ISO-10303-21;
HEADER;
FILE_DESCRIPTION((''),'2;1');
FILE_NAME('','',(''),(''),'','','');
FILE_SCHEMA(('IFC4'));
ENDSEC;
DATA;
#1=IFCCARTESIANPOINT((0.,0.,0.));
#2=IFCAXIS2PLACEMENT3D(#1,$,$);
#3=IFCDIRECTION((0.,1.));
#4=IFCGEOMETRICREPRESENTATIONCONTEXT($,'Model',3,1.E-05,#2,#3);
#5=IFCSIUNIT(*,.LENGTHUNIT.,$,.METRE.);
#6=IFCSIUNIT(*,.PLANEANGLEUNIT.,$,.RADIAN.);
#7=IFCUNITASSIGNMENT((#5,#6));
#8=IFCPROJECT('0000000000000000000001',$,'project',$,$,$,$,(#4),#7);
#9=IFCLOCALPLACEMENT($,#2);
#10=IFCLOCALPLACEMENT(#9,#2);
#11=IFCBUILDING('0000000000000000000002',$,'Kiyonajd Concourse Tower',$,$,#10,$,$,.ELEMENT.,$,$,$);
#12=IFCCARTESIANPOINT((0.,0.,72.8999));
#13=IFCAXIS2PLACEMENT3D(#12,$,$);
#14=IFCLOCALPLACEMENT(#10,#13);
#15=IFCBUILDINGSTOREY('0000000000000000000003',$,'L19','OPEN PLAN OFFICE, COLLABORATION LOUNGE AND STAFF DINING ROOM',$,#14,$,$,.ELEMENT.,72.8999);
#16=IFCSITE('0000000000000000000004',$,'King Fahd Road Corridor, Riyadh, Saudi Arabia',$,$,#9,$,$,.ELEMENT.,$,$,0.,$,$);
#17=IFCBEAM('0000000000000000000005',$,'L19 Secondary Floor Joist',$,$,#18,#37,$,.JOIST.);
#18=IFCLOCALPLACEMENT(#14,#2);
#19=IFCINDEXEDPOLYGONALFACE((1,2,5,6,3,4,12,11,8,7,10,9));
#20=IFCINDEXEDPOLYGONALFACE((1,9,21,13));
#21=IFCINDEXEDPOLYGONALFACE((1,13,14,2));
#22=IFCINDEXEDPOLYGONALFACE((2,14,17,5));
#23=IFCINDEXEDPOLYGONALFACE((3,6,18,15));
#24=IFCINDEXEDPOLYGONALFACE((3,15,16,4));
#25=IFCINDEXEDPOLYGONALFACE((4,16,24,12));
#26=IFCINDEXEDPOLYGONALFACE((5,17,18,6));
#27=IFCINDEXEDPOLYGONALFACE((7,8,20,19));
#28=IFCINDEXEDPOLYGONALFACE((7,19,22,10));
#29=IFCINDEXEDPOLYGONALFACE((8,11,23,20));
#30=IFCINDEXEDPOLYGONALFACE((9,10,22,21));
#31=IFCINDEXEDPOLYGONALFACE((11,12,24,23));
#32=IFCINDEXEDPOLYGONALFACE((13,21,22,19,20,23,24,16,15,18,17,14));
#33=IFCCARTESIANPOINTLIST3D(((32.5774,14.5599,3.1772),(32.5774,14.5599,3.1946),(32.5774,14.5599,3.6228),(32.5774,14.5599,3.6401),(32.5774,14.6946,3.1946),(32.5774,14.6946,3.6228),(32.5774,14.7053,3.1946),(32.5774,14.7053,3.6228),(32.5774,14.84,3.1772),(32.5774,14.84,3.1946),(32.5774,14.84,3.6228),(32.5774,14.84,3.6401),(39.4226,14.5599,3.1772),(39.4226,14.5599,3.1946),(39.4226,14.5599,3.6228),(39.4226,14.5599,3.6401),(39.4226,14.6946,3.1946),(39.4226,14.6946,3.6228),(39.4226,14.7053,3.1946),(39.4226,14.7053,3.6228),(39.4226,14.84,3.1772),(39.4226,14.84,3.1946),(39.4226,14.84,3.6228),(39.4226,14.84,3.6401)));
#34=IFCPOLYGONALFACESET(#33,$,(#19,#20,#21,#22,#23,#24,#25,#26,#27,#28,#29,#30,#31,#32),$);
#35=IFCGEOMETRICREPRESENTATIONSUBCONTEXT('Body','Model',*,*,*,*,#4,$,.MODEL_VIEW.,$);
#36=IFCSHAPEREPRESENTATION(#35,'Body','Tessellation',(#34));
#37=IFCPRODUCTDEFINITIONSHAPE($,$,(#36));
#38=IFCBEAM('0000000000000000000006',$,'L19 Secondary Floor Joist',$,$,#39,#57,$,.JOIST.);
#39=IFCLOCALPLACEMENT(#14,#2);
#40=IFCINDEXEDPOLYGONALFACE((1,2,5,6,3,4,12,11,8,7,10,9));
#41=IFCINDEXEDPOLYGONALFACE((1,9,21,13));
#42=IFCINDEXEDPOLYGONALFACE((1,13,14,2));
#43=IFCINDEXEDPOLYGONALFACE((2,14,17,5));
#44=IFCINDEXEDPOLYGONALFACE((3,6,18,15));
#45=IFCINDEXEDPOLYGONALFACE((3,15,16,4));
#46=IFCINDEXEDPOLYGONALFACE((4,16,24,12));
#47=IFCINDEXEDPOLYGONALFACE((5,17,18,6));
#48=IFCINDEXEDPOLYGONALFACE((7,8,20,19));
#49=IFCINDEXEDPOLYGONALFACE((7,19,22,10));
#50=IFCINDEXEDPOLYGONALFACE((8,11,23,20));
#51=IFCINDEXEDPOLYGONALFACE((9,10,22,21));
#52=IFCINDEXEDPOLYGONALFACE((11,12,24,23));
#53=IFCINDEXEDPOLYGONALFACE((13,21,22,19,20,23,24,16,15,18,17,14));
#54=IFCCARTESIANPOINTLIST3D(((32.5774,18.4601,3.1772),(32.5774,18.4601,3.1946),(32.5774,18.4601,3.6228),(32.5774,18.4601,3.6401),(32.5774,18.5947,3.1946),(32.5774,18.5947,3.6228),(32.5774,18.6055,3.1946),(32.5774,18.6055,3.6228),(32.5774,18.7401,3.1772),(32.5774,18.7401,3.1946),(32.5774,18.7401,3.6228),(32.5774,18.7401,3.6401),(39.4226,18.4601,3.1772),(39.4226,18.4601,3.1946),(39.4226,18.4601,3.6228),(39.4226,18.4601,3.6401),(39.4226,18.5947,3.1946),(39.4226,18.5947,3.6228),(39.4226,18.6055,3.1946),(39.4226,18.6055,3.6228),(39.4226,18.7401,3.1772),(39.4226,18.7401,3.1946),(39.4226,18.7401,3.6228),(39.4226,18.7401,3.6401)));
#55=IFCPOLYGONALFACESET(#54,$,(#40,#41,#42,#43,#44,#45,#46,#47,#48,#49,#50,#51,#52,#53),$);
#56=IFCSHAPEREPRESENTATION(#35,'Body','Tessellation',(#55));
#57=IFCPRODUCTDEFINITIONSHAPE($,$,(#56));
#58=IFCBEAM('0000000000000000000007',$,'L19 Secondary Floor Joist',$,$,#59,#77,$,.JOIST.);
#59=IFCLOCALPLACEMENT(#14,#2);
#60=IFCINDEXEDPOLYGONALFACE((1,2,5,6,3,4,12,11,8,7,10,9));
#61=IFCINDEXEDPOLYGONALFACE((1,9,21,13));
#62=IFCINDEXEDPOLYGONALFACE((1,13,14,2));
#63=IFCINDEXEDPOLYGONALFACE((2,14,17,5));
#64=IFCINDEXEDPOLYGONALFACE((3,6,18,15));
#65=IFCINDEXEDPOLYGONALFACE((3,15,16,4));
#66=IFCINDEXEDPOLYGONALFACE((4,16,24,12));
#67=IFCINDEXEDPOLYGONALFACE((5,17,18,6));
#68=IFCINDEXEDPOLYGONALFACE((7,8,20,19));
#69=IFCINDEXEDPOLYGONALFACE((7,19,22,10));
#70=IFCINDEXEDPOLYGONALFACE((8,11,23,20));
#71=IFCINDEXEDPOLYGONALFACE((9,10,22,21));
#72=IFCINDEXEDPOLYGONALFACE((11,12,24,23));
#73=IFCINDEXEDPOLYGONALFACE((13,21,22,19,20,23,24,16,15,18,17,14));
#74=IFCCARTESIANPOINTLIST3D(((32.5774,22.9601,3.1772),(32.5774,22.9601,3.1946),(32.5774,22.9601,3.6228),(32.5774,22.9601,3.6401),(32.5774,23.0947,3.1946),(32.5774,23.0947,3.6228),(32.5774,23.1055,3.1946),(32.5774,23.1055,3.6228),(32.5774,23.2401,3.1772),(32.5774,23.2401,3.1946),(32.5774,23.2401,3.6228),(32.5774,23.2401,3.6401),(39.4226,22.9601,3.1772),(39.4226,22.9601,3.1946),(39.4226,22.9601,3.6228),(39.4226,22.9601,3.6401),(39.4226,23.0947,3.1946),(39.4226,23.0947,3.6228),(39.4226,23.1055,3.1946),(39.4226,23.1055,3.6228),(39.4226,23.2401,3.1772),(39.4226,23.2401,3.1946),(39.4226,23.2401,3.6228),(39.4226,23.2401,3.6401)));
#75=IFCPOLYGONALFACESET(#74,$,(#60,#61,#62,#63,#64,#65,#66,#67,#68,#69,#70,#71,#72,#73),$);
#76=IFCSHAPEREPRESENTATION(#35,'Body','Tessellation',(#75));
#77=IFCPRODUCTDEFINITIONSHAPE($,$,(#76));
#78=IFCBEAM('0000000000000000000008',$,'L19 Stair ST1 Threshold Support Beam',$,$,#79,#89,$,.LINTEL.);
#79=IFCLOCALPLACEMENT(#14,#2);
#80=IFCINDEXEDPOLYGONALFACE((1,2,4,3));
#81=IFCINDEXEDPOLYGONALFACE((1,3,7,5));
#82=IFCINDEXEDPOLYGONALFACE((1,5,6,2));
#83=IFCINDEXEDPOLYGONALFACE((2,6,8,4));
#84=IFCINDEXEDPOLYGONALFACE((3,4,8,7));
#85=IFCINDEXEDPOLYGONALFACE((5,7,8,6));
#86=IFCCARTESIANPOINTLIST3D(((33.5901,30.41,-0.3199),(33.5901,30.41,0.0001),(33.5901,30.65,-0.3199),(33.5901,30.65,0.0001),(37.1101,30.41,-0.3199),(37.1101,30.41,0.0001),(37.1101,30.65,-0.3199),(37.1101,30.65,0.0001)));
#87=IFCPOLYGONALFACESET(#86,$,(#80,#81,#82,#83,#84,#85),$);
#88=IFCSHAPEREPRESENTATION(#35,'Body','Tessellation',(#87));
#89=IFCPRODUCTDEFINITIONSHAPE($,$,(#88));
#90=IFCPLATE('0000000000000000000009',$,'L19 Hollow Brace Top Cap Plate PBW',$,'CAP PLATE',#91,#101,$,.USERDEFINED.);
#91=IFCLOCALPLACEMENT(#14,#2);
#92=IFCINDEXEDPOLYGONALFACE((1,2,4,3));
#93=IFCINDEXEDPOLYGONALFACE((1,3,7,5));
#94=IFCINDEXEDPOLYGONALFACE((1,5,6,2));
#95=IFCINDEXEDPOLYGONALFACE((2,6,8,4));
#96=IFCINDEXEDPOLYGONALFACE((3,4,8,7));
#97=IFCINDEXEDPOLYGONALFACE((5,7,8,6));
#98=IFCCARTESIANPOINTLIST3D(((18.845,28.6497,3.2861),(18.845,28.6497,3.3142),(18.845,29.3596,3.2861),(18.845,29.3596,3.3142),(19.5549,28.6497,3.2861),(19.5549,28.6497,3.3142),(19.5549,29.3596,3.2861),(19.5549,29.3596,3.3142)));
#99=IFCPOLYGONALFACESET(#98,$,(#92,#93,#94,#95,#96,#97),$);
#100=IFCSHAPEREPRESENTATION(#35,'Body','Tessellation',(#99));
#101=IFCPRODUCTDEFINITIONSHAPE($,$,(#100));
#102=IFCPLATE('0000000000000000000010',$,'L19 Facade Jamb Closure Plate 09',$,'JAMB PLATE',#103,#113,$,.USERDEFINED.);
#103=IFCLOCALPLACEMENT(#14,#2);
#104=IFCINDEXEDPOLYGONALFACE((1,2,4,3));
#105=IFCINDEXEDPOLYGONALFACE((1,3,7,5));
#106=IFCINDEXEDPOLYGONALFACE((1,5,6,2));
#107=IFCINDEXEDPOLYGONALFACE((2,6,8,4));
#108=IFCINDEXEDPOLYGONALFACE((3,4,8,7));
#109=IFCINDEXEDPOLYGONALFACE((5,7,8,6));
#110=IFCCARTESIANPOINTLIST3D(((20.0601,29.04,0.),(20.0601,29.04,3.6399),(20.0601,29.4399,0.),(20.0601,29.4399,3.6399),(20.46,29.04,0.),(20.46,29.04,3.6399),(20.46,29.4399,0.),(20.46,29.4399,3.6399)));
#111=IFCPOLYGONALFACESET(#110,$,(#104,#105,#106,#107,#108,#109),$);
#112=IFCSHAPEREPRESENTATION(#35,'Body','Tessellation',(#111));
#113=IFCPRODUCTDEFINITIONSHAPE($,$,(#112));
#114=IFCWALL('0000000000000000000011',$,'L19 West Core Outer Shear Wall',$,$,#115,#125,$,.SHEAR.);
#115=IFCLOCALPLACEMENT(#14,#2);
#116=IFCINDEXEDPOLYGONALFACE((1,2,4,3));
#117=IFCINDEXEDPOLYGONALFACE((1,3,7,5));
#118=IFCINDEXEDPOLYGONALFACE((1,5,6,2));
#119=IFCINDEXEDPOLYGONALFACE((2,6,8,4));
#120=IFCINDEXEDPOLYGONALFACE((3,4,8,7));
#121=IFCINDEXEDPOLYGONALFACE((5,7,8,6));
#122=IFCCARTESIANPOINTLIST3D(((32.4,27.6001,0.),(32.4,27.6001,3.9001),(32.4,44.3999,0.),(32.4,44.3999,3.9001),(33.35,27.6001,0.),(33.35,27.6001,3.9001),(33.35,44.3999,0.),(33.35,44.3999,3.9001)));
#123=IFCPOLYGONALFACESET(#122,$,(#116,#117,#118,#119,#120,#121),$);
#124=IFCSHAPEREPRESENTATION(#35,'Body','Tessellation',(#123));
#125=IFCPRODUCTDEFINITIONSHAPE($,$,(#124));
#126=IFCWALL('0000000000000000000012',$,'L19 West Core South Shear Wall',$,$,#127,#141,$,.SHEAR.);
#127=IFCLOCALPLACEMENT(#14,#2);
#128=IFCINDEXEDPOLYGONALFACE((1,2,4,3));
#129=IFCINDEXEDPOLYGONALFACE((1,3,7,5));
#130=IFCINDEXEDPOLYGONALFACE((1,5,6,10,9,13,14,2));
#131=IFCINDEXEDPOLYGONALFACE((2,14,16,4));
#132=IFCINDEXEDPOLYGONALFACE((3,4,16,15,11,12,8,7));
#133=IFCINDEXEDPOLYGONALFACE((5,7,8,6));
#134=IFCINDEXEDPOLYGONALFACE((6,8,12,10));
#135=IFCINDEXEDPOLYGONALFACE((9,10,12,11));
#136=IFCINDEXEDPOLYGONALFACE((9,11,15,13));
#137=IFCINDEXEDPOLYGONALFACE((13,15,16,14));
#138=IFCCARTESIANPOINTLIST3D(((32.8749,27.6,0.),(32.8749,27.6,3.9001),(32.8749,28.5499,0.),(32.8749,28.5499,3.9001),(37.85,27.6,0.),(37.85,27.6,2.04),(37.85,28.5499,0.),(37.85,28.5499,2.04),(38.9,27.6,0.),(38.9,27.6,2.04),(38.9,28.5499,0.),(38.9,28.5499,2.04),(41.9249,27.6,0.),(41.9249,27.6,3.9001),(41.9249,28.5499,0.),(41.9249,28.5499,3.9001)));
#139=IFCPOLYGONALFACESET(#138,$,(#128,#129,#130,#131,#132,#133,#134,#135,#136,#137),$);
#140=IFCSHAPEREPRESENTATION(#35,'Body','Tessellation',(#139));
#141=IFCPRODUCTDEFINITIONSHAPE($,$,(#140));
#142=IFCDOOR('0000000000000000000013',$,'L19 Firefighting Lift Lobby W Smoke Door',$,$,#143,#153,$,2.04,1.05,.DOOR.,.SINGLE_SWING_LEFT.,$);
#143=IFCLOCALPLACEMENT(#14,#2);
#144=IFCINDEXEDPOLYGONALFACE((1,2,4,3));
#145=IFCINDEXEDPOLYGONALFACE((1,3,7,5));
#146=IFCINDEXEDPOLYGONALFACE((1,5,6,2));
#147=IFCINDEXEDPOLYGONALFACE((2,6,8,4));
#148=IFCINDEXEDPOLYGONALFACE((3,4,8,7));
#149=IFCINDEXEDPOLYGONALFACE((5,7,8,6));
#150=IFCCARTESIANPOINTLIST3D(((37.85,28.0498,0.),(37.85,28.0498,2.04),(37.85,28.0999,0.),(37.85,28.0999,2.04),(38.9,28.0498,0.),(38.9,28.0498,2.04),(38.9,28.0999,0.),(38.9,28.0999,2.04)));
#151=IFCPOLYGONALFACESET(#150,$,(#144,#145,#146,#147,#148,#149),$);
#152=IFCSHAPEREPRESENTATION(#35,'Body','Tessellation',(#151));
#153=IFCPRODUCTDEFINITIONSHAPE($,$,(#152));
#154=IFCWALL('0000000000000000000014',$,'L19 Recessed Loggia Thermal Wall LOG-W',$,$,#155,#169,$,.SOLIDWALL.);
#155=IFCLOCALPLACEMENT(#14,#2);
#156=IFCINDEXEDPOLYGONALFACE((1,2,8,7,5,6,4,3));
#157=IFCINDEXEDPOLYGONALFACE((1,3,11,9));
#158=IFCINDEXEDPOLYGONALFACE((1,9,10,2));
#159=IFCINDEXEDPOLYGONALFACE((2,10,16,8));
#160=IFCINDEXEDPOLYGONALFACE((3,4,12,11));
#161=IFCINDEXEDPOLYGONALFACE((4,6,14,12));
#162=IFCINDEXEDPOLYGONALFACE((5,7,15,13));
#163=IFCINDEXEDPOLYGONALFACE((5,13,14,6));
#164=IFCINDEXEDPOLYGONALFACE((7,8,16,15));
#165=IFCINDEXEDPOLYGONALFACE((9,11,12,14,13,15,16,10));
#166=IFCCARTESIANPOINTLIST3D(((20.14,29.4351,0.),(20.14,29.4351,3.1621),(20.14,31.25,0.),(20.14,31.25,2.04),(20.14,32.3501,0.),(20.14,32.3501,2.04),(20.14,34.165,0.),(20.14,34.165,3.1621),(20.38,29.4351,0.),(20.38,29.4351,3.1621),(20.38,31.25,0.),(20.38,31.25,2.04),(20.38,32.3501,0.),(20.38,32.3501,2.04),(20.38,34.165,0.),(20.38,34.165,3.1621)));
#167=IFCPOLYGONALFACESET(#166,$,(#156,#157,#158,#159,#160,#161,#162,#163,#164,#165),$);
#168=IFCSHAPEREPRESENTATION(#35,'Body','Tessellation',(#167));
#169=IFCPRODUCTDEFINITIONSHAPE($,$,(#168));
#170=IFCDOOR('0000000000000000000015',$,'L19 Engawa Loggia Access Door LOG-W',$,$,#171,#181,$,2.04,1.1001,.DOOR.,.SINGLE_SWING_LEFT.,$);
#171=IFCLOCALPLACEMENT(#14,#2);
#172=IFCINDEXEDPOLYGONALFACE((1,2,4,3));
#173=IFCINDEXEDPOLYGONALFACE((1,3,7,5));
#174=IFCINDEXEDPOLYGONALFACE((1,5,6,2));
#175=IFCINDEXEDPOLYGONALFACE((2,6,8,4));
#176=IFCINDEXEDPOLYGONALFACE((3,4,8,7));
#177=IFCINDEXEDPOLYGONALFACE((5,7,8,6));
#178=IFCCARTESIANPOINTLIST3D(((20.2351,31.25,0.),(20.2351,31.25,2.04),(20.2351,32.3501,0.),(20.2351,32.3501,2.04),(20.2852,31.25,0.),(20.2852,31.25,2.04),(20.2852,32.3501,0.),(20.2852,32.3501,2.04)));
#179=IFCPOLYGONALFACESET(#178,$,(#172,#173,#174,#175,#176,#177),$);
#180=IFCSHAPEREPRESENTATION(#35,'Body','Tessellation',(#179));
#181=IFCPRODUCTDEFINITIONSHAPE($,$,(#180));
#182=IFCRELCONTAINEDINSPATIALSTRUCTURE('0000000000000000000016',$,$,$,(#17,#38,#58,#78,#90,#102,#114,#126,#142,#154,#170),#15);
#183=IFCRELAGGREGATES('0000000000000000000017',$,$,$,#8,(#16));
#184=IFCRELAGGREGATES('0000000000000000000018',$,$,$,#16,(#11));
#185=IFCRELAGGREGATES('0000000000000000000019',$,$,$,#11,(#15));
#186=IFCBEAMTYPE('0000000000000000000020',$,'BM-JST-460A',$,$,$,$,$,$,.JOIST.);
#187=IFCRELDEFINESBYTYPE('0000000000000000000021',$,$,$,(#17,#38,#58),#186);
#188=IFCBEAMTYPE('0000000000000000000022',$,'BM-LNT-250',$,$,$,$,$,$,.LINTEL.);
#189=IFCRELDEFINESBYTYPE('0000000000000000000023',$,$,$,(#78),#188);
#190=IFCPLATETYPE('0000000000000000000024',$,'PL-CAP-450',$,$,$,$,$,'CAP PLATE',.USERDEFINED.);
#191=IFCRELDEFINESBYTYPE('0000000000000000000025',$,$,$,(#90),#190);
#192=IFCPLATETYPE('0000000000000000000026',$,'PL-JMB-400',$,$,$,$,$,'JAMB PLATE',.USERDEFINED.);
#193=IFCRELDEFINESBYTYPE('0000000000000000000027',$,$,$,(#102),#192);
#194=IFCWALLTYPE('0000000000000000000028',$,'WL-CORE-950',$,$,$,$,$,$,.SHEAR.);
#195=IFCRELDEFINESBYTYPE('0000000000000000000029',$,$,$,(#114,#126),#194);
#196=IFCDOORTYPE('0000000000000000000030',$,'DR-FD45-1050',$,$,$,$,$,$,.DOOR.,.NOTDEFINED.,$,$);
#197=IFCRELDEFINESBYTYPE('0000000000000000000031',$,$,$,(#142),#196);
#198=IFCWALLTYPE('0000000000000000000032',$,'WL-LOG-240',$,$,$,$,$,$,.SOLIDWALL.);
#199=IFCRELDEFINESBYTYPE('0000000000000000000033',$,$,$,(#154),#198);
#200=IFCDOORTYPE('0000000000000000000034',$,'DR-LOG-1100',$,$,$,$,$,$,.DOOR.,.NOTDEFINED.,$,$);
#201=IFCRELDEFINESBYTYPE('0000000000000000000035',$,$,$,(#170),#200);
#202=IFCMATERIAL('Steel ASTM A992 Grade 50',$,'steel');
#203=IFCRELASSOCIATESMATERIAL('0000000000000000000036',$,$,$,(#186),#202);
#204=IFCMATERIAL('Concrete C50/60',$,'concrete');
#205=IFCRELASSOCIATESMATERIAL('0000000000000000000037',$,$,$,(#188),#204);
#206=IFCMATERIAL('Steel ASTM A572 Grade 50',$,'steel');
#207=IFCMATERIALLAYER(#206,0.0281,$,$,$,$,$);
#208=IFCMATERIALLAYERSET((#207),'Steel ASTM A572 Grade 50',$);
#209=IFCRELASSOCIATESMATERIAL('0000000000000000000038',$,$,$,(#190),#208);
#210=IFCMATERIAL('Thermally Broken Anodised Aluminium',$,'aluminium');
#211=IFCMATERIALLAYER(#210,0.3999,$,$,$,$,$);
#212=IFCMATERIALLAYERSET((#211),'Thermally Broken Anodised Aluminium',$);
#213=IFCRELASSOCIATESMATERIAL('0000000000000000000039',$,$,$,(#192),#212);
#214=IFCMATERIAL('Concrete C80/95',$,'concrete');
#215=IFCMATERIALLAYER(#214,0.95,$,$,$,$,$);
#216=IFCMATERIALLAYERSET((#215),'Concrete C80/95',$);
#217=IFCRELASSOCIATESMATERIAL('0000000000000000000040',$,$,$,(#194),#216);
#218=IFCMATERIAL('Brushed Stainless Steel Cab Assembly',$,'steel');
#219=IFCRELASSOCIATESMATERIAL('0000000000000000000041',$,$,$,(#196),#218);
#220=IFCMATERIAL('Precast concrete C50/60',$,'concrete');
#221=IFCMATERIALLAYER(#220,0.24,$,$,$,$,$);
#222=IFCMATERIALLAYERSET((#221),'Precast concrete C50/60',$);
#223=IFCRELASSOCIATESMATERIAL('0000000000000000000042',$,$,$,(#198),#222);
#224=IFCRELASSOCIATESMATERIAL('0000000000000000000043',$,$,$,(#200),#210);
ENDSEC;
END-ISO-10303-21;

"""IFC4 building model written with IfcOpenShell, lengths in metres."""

from ifc_helpers import new_model, si_unit, direction, frame, frame_2d, origin, origin_2d, place, context, subcontext, project, spatial, rectangle, i_section, extrude, material, layer, layer_set, material_profile, profile_set, type_object, element, fill, save


model = new_model("IFC4")

# Units and contexts
model_context = context("Model", 3, precision=1e-05, world=origin(), true_north=direction((0.0, 1.0)))
body_context = subcontext(model_context, "Body", "Model", "MODEL_VIEW")
ifc_project = project(units=[si_unit("LENGTHUNIT", "METRE"), si_unit("PLANEANGLEUNIT", "RADIAN")], contexts=[model_context])

# Site, building, storey
site_placement = place(None, origin())
site = spatial("IfcSite", under=ifc_project, at=site_placement, Name="King Fahd Road Corridor, Riyadh, Saudi Arabia", CompositionType="ELEMENT", RefElevation=0.0)
building_placement = place(site_placement, origin())
building = spatial("IfcBuilding", under=site, at=building_placement, Name="Kiyonajd Concourse Tower", CompositionType="ELEMENT")
storey_placement = place(building_placement, frame((0.0, 0.0, 72.8999)))
storey = spatial("IfcBuildingStorey", under=building, at=storey_placement, Name="L19", Description="OPEN PLAN OFFICE, COLLABORATION LOUNGE AND STAFF DINING ROOM", CompositionType="ELEMENT", Elevation=72.8999)

# Beams
ifc_material_1 = material(Name="Steel ASTM A992 Grade 50", Category="steel")
ifc_material_profile_1 = material_profile(ifc_material_1, i_section(OverallWidth=0.28, OverallDepth=0.4629, WebThickness=0.0107, FlangeThickness=0.0173, at=origin_2d()), Name="W460X113")
ifc_profile_set_1 = profile_set([ifc_material_profile_1], Name="Steel ASTM A992 Grade 50")
beam_type_1 = type_object("IfcBeamType", Name="BM-JST-460A", PredefinedType="JOIST", material=ifc_profile_set_1)
for number, where, z_axis, x_axis, name in (
    (1, (32.5774, 14.7, 3.4087), (1.0, 0.0, 0.0), (0.0, 1.0, 0.0), "L19 Secondary Floor Joist"),
    (2, (32.5774, 18.6001, 3.4087), (1.0, 0.0, 0.0), (0.0, 1.0, 0.0), "L19 Secondary Floor Joist"),
    (3, (32.5774, 23.1001, 3.4087), (1.0, 0.0, 0.0), (0.0, 1.0, 0.0), "L19 Secondary Floor Joist"),
):
    element("IfcBeam", number, at=place(storey_placement, frame(where, z_axis=z_axis, x_axis=x_axis)), inside=storey, type_object=beam_type_1, Name=name, PredefinedType="JOIST", context=body_context, shape_type="SweptSolid", body=[
        extrude(i_section(OverallWidth=0.28, OverallDepth=0.4629, WebThickness=0.0107, FlangeThickness=0.0173, at=origin_2d()), origin(), (0.0, 0.0, 1.0), 6.8452),
    ])
ifc_material_2 = material(Name="Concrete C50/60", Category="concrete")
ifc_material_profile_2 = material_profile(ifc_material_2, rectangle(XDim=0.24, YDim=0.3201, at=origin_2d()), Name="RCBM-240x320")
ifc_profile_set_2 = profile_set([ifc_material_profile_2], Name="Concrete C50/60")
beam_type_2 = type_object("IfcBeamType", Name="BM-LNT-250", PredefinedType="LINTEL", material=ifc_profile_set_2)
beam_placement = place(storey_placement, frame((33.5901, 30.53, -0.1599), z_axis=(1.0, 0.0, 0.0), x_axis=(0.0, 1.0, 0.0)))
element("IfcBeam", 4, at=beam_placement, inside=storey, type_object=beam_type_2, Name="L19 Stair ST1 Threshold Support Beam", PredefinedType="LINTEL", context=body_context, shape_type="SweptSolid", body=[
    extrude(rectangle(XDim=0.24, YDim=0.3201, at=origin_2d()), origin(), (0.0, 0.0, 1.0), 3.52),
])

# Plates
ifc_material_3 = material(Name="Steel ASTM A572 Grade 50", Category="steel")
ifc_layer_1 = layer(ifc_material_3, 0.0281)
ifc_layer_set_1 = layer_set([ifc_layer_1], Name="Steel ASTM A572 Grade 50")
plate_type_1 = type_object("IfcPlateType", Name="PL-CAP-450", ElementType="CAP PLATE", PredefinedType="USERDEFINED", material=ifc_layer_set_1)
plate_1_placement = place(storey_placement, frame((19.2, 29.0046, 3.2861), z_axis=(0.0, 0.0, 1.0), x_axis=(1.0, 0.0, 0.0)))
element("IfcPlate", 5, at=plate_1_placement, inside=storey, type_object=plate_type_1, Name="L19 Hollow Brace Top Cap Plate PBW", ObjectType="CAP PLATE", PredefinedType="USERDEFINED", context=body_context, shape_type="SweptSolid", body=[
    extrude(rectangle(XDim=0.71, YDim=0.71, at=origin_2d()), origin(), (0.0, 0.0, 1.0), 0.0281),
])
ifc_material_4 = material(Name="Thermally Broken Anodised Aluminium", Category="aluminium")
ifc_layer_2 = layer(ifc_material_4, 0.3999)
ifc_layer_set_2 = layer_set([ifc_layer_2], Name="Thermally Broken Anodised Aluminium")
plate_type_2 = type_object("IfcPlateType", Name="PL-JMB-400", ElementType="JAMB PLATE", PredefinedType="USERDEFINED", material=ifc_layer_set_2)
plate_2_placement = place(storey_placement, frame((20.26, 29.24, 0.0), z_axis=(0.0, 0.0, 1.0), x_axis=(1.0, 0.0, 0.0)))
element("IfcPlate", 6, at=plate_2_placement, inside=storey, type_object=plate_type_2, Name="L19 Facade Jamb Closure Plate 09", ObjectType="JAMB PLATE", PredefinedType="USERDEFINED", context=body_context, shape_type="SweptSolid", body=[
    extrude(rectangle(XDim=0.3999, YDim=0.3999, at=origin_2d()), origin(), (0.0, 0.0, 1.0), 3.6399),
])

# Wall
ifc_material_5 = material(Name="Concrete C80/95", Category="concrete")
ifc_layer_3 = layer(ifc_material_5, 0.95)
ifc_layer_set_3 = layer_set([ifc_layer_3], Name="Concrete C80/95")
wall_type_1 = type_object("IfcWallType", Name="WL-CORE-950", PredefinedType="SHEAR", material=ifc_layer_set_3)
wall_1_placement = place(storey_placement, frame((32.875, 27.6001, 0.0), z_axis=(0.0, 0.0, 1.0), x_axis=(0.0, 1.0, 0.0)))
element("IfcWall", 7, at=wall_1_placement, inside=storey, type_object=wall_type_1, Name="L19 West Core Outer Shear Wall", PredefinedType="SHEAR", context=body_context, shape_type="SweptSolid", body=[
    extrude(rectangle(XDim=16.7998, YDim=0.95, at=frame_2d((8.3999, 0.0))), origin(), (0.0, 0.0, 1.0), 3.9001),
])

# Walls, openings, doors
wall_2_placement = place(storey_placement, frame((32.875, 28.075, 0.0), z_axis=(0.0, 0.0, 1.0), x_axis=(1.0, 0.0, 0.0)))
wall_2 = element("IfcWall", 8, at=wall_2_placement, inside=storey, type_object=wall_type_1, Name="L19 West Core South Shear Wall", PredefinedType="SHEAR", context=body_context, shape_type="SweptSolid", body=[
    extrude(rectangle(XDim=9.05, YDim=0.95, at=frame_2d((4.5249, 0.0))), origin(), (0.0, 0.0, 1.0), 3.9001),
])
opening_1_placement = place(wall_2_placement, frame((4.9751, 0.0, 0.0)))
opening_1 = element("IfcOpeningElement", 9, at=opening_1_placement, cuts=wall_2, PredefinedType="OPENING", context=body_context, shape_type="SweptSolid", body=[
    extrude(rectangle(XDim=1.05, YDim=2.04, at=frame_2d((0.5249, 1.02))), frame((0.0, 0.4849, 0.0), z_axis=(0.0, -1.0, 0.0), x_axis=(1.0, 0.0, 0.0)), (0.0, 0.0, 1.0), 0.97),
])
ifc_material_6 = material(Name="Brushed Stainless Steel Cab Assembly", Category="steel")
door_type_1 = type_object("IfcDoorType", Name="DR-FD45-1050", OperationType="NOTDEFINED", PredefinedType="DOOR", material=ifc_material_6)
door_1_placement = place(opening_1_placement, origin())
door_1 = element("IfcDoor", 10, at=door_1_placement, inside=storey, type_object=door_type_1, Name="L19 Firefighting Lift Lobby W Smoke Door", OperationType="SINGLE_SWING_LEFT", OverallHeight=2.04, OverallWidth=1.05, PredefinedType="DOOR", context=body_context, shape_type="SweptSolid", body=[
    extrude(rectangle(XDim=1.05, YDim=2.04, at=frame_2d((0.5249, 1.02))), frame((0.0, 0.0249, 0.0), z_axis=(0.0, -1.0, 0.0), x_axis=(1.0, 0.0, 0.0)), (0.0, 0.0, 1.0), 0.05),
])
fill(opening_1, door_1)
ifc_material_7 = material(Name="Precast concrete C50/60", Category="concrete")
ifc_layer_4 = layer(ifc_material_7, 0.24)
ifc_layer_set_4 = layer_set([ifc_layer_4], Name="Precast concrete C50/60")
wall_type_2 = type_object("IfcWallType", Name="WL-LOG-240", PredefinedType="SOLIDWALL", material=ifc_layer_set_4)
wall_3_placement = place(storey_placement, frame((20.26, 29.4351, 0.0), z_axis=(0.0, 0.0, 1.0), x_axis=(0.0, 1.0, 0.0)))
wall_3 = element("IfcWall", 11, at=wall_3_placement, inside=storey, type_object=wall_type_2, Name="L19 Recessed Loggia Thermal Wall LOG-W", PredefinedType="SOLIDWALL", context=body_context, shape_type="SweptSolid", body=[
    extrude(rectangle(XDim=4.73, YDim=0.24, at=frame_2d((2.365, 0.0))), origin(), (0.0, 0.0, 1.0), 3.1621),
])
opening_2_placement = place(wall_3_placement, frame((1.8149, 0.0, 0.0)))
opening_2 = element("IfcOpeningElement", 12, at=opening_2_placement, cuts=wall_3, PredefinedType="OPENING", context=body_context, shape_type="SweptSolid", body=[
    extrude(rectangle(XDim=1.1001, YDim=2.04, at=frame_2d((0.55, 1.02))), frame((0.0, 0.1299, 0.0), z_axis=(0.0, -1.0, 0.0), x_axis=(1.0, 0.0, 0.0)), (0.0, 0.0, 1.0), 0.26),
])
door_type_2 = type_object("IfcDoorType", Name="DR-LOG-1100", OperationType="NOTDEFINED", PredefinedType="DOOR", material=ifc_material_4)
door_2_placement = place(opening_2_placement, origin())
door_2 = element("IfcDoor", 13, at=door_2_placement, inside=storey, type_object=door_type_2, Name="L19 Engawa Loggia Access Door LOG-W", OperationType="SINGLE_SWING_LEFT", OverallHeight=2.04, OverallWidth=1.1001, PredefinedType="DOOR", context=body_context, shape_type="SweptSolid", body=[
    extrude(rectangle(XDim=1.1001, YDim=2.04, at=frame_2d((0.55, 1.02))), frame((0.0, 0.0249, 0.0), z_axis=(0.0, -1.0, 0.0), x_axis=(1.0, 0.0, 0.0)), (0.0, 0.0, 1.0), 0.05),
])
fill(opening_2, door_2)

save(model, "model.ifc")
